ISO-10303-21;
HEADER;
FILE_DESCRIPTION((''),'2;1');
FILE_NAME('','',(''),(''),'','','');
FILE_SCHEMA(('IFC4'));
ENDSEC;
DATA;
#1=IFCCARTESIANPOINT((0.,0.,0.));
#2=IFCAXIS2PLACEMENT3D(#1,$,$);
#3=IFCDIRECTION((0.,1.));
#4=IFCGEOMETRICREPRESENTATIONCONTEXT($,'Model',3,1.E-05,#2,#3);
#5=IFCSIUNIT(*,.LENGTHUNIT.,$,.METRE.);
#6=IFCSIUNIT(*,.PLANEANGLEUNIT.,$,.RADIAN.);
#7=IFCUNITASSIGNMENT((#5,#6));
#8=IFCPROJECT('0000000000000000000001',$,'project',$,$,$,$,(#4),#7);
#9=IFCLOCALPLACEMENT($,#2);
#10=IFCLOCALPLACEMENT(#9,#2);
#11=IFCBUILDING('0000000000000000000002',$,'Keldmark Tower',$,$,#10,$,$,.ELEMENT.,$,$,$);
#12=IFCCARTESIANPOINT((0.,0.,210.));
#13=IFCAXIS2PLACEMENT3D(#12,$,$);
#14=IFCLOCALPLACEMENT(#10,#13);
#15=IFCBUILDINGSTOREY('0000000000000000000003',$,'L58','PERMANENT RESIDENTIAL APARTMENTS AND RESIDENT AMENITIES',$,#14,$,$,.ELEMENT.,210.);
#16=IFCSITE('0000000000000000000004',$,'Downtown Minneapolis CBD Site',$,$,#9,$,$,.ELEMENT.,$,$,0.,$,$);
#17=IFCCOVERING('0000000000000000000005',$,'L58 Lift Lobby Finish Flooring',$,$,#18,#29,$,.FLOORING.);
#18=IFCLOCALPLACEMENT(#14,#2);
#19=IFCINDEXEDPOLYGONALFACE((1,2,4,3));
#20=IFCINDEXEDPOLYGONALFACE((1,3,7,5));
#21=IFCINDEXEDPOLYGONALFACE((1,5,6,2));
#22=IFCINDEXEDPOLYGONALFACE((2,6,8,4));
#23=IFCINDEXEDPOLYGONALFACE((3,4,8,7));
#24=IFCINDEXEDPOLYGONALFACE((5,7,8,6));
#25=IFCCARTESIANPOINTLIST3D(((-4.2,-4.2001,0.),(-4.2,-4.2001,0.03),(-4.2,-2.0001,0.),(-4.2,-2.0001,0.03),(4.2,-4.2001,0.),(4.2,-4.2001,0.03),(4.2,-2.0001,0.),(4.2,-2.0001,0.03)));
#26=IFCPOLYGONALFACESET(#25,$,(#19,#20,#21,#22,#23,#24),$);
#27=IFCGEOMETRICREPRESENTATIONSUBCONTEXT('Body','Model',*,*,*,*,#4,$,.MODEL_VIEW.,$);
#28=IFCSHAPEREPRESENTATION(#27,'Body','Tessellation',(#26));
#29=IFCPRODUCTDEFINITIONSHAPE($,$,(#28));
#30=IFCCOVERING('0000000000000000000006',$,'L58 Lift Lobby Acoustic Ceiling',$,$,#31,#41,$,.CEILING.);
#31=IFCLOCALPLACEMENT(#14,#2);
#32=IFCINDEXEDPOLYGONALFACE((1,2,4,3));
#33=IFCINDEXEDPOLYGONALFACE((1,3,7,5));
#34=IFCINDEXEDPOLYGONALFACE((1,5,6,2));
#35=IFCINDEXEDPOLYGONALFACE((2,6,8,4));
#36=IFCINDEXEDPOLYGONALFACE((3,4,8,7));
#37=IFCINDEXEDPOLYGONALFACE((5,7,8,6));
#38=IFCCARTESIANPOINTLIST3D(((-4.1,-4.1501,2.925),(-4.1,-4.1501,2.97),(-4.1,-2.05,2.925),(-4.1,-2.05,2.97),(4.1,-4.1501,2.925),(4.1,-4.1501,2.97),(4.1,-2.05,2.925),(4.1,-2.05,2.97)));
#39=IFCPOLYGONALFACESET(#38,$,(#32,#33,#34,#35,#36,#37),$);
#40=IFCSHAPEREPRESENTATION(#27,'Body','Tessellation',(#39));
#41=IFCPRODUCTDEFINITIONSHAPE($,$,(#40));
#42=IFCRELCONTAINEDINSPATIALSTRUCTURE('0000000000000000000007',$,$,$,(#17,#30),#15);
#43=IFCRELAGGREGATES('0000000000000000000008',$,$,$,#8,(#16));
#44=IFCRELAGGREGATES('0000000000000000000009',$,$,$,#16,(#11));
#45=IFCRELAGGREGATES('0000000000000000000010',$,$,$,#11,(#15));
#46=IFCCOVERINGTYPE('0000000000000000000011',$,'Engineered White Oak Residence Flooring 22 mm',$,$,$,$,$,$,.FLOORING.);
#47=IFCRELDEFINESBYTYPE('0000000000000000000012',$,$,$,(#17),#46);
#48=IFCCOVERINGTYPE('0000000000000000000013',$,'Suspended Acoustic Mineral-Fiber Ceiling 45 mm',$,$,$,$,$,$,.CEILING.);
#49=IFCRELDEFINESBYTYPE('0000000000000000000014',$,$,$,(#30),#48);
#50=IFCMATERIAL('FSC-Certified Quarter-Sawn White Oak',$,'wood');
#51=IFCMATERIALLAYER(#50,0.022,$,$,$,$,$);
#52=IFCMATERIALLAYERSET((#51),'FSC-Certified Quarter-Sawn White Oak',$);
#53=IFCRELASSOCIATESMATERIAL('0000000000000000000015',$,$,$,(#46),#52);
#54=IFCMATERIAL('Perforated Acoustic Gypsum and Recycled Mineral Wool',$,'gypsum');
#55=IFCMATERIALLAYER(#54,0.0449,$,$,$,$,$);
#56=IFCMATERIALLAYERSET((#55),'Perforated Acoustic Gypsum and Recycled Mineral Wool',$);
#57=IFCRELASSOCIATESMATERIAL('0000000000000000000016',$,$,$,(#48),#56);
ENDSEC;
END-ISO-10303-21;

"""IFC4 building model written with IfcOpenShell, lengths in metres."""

from ifc_helpers import new_model, si_unit, direction, frame, origin, origin_2d, place, context, subcontext, project, spatial, rectangle, extrude, material, layer, layer_set, type_object, element, save


model = new_model("IFC4")

# Units and contexts
model_context = context("Model", 3, precision=1e-05, world=origin(), true_north=direction((0.0, 1.0)))
body_context = subcontext(model_context, "Body", "Model", "MODEL_VIEW")
ifc_project = project(units=[si_unit("LENGTHUNIT", "METRE"), si_unit("PLANEANGLEUNIT", "RADIAN")], contexts=[model_context])

# Site, building, storey
site_placement = place(None, origin())
site = spatial("IfcSite", under=ifc_project, at=site_placement, Name="Downtown Minneapolis CBD Site", CompositionType="ELEMENT", RefElevation=0.0)
building_placement = place(site_placement, origin())
building = spatial("IfcBuilding", under=site, at=building_placement, Name="Keldmark Tower", CompositionType="ELEMENT")
storey_placement = place(building_placement, frame((0.0, 0.0, 210.0)))
storey = spatial("IfcBuildingStorey", under=building, at=storey_placement, Name="L58", Description="PERMANENT RESIDENTIAL APARTMENTS AND RESIDENT AMENITIES", CompositionType="ELEMENT", Elevation=210.0)

# Coverings
ifc_material_1 = material(Name="FSC-Certified Quarter-Sawn White Oak", Category="wood")
ifc_layer_1 = layer(ifc_material_1, 0.022)
ifc_layer_set_1 = layer_set([ifc_layer_1], Name="FSC-Certified Quarter-Sawn White Oak")
covering_type_1 = type_object("IfcCoveringType", Name="Engineered White Oak Residence Flooring 22 mm", PredefinedType="FLOORING", material=ifc_layer_set_1)
covering_1_placement = place(storey_placement, frame((0.0, -3.1001, 0.0), z_axis=(0.0, 0.0, 1.0), x_axis=(1.0, 0.0, 0.0)))
element("IfcCovering", 1, at=covering_1_placement, inside=storey, type_object=covering_type_1, Name="L58 Lift Lobby Finish Flooring", PredefinedType="FLOORING", context=body_context, shape_type="SweptSolid", body=[
    extrude(rectangle(XDim=8.3999, YDim=2.2, at=origin_2d()), origin(), (0.0, 0.0, 1.0), 0.03),
])
ifc_material_2 = material(Name="Perforated Acoustic Gypsum and Recycled Mineral Wool", Category="gypsum")
ifc_layer_2 = layer(ifc_material_2, 0.0449)
ifc_layer_set_2 = layer_set([ifc_layer_2], Name="Perforated Acoustic Gypsum and Recycled Mineral Wool")
covering_type_2 = type_object("IfcCoveringType", Name="Suspended Acoustic Mineral-Fiber Ceiling 45 mm", PredefinedType="CEILING", material=ifc_layer_set_2)
covering_2_placement = place(storey_placement, frame((0.0, -3.1001, 2.925), z_axis=(0.0, 0.0, 1.0), x_axis=(1.0, 0.0, 0.0)))
element("IfcCovering", 2, at=covering_2_placement, inside=storey, type_object=covering_type_2, Name="L58 Lift Lobby Acoustic Ceiling", PredefinedType="CEILING", context=body_context, shape_type="SweptSolid", body=[
    extrude(rectangle(XDim=8.2, YDim=2.1001, at=origin_2d()), origin(), (0.0, 0.0, 1.0), 0.0449),
])

save(model, "model.ifc")
